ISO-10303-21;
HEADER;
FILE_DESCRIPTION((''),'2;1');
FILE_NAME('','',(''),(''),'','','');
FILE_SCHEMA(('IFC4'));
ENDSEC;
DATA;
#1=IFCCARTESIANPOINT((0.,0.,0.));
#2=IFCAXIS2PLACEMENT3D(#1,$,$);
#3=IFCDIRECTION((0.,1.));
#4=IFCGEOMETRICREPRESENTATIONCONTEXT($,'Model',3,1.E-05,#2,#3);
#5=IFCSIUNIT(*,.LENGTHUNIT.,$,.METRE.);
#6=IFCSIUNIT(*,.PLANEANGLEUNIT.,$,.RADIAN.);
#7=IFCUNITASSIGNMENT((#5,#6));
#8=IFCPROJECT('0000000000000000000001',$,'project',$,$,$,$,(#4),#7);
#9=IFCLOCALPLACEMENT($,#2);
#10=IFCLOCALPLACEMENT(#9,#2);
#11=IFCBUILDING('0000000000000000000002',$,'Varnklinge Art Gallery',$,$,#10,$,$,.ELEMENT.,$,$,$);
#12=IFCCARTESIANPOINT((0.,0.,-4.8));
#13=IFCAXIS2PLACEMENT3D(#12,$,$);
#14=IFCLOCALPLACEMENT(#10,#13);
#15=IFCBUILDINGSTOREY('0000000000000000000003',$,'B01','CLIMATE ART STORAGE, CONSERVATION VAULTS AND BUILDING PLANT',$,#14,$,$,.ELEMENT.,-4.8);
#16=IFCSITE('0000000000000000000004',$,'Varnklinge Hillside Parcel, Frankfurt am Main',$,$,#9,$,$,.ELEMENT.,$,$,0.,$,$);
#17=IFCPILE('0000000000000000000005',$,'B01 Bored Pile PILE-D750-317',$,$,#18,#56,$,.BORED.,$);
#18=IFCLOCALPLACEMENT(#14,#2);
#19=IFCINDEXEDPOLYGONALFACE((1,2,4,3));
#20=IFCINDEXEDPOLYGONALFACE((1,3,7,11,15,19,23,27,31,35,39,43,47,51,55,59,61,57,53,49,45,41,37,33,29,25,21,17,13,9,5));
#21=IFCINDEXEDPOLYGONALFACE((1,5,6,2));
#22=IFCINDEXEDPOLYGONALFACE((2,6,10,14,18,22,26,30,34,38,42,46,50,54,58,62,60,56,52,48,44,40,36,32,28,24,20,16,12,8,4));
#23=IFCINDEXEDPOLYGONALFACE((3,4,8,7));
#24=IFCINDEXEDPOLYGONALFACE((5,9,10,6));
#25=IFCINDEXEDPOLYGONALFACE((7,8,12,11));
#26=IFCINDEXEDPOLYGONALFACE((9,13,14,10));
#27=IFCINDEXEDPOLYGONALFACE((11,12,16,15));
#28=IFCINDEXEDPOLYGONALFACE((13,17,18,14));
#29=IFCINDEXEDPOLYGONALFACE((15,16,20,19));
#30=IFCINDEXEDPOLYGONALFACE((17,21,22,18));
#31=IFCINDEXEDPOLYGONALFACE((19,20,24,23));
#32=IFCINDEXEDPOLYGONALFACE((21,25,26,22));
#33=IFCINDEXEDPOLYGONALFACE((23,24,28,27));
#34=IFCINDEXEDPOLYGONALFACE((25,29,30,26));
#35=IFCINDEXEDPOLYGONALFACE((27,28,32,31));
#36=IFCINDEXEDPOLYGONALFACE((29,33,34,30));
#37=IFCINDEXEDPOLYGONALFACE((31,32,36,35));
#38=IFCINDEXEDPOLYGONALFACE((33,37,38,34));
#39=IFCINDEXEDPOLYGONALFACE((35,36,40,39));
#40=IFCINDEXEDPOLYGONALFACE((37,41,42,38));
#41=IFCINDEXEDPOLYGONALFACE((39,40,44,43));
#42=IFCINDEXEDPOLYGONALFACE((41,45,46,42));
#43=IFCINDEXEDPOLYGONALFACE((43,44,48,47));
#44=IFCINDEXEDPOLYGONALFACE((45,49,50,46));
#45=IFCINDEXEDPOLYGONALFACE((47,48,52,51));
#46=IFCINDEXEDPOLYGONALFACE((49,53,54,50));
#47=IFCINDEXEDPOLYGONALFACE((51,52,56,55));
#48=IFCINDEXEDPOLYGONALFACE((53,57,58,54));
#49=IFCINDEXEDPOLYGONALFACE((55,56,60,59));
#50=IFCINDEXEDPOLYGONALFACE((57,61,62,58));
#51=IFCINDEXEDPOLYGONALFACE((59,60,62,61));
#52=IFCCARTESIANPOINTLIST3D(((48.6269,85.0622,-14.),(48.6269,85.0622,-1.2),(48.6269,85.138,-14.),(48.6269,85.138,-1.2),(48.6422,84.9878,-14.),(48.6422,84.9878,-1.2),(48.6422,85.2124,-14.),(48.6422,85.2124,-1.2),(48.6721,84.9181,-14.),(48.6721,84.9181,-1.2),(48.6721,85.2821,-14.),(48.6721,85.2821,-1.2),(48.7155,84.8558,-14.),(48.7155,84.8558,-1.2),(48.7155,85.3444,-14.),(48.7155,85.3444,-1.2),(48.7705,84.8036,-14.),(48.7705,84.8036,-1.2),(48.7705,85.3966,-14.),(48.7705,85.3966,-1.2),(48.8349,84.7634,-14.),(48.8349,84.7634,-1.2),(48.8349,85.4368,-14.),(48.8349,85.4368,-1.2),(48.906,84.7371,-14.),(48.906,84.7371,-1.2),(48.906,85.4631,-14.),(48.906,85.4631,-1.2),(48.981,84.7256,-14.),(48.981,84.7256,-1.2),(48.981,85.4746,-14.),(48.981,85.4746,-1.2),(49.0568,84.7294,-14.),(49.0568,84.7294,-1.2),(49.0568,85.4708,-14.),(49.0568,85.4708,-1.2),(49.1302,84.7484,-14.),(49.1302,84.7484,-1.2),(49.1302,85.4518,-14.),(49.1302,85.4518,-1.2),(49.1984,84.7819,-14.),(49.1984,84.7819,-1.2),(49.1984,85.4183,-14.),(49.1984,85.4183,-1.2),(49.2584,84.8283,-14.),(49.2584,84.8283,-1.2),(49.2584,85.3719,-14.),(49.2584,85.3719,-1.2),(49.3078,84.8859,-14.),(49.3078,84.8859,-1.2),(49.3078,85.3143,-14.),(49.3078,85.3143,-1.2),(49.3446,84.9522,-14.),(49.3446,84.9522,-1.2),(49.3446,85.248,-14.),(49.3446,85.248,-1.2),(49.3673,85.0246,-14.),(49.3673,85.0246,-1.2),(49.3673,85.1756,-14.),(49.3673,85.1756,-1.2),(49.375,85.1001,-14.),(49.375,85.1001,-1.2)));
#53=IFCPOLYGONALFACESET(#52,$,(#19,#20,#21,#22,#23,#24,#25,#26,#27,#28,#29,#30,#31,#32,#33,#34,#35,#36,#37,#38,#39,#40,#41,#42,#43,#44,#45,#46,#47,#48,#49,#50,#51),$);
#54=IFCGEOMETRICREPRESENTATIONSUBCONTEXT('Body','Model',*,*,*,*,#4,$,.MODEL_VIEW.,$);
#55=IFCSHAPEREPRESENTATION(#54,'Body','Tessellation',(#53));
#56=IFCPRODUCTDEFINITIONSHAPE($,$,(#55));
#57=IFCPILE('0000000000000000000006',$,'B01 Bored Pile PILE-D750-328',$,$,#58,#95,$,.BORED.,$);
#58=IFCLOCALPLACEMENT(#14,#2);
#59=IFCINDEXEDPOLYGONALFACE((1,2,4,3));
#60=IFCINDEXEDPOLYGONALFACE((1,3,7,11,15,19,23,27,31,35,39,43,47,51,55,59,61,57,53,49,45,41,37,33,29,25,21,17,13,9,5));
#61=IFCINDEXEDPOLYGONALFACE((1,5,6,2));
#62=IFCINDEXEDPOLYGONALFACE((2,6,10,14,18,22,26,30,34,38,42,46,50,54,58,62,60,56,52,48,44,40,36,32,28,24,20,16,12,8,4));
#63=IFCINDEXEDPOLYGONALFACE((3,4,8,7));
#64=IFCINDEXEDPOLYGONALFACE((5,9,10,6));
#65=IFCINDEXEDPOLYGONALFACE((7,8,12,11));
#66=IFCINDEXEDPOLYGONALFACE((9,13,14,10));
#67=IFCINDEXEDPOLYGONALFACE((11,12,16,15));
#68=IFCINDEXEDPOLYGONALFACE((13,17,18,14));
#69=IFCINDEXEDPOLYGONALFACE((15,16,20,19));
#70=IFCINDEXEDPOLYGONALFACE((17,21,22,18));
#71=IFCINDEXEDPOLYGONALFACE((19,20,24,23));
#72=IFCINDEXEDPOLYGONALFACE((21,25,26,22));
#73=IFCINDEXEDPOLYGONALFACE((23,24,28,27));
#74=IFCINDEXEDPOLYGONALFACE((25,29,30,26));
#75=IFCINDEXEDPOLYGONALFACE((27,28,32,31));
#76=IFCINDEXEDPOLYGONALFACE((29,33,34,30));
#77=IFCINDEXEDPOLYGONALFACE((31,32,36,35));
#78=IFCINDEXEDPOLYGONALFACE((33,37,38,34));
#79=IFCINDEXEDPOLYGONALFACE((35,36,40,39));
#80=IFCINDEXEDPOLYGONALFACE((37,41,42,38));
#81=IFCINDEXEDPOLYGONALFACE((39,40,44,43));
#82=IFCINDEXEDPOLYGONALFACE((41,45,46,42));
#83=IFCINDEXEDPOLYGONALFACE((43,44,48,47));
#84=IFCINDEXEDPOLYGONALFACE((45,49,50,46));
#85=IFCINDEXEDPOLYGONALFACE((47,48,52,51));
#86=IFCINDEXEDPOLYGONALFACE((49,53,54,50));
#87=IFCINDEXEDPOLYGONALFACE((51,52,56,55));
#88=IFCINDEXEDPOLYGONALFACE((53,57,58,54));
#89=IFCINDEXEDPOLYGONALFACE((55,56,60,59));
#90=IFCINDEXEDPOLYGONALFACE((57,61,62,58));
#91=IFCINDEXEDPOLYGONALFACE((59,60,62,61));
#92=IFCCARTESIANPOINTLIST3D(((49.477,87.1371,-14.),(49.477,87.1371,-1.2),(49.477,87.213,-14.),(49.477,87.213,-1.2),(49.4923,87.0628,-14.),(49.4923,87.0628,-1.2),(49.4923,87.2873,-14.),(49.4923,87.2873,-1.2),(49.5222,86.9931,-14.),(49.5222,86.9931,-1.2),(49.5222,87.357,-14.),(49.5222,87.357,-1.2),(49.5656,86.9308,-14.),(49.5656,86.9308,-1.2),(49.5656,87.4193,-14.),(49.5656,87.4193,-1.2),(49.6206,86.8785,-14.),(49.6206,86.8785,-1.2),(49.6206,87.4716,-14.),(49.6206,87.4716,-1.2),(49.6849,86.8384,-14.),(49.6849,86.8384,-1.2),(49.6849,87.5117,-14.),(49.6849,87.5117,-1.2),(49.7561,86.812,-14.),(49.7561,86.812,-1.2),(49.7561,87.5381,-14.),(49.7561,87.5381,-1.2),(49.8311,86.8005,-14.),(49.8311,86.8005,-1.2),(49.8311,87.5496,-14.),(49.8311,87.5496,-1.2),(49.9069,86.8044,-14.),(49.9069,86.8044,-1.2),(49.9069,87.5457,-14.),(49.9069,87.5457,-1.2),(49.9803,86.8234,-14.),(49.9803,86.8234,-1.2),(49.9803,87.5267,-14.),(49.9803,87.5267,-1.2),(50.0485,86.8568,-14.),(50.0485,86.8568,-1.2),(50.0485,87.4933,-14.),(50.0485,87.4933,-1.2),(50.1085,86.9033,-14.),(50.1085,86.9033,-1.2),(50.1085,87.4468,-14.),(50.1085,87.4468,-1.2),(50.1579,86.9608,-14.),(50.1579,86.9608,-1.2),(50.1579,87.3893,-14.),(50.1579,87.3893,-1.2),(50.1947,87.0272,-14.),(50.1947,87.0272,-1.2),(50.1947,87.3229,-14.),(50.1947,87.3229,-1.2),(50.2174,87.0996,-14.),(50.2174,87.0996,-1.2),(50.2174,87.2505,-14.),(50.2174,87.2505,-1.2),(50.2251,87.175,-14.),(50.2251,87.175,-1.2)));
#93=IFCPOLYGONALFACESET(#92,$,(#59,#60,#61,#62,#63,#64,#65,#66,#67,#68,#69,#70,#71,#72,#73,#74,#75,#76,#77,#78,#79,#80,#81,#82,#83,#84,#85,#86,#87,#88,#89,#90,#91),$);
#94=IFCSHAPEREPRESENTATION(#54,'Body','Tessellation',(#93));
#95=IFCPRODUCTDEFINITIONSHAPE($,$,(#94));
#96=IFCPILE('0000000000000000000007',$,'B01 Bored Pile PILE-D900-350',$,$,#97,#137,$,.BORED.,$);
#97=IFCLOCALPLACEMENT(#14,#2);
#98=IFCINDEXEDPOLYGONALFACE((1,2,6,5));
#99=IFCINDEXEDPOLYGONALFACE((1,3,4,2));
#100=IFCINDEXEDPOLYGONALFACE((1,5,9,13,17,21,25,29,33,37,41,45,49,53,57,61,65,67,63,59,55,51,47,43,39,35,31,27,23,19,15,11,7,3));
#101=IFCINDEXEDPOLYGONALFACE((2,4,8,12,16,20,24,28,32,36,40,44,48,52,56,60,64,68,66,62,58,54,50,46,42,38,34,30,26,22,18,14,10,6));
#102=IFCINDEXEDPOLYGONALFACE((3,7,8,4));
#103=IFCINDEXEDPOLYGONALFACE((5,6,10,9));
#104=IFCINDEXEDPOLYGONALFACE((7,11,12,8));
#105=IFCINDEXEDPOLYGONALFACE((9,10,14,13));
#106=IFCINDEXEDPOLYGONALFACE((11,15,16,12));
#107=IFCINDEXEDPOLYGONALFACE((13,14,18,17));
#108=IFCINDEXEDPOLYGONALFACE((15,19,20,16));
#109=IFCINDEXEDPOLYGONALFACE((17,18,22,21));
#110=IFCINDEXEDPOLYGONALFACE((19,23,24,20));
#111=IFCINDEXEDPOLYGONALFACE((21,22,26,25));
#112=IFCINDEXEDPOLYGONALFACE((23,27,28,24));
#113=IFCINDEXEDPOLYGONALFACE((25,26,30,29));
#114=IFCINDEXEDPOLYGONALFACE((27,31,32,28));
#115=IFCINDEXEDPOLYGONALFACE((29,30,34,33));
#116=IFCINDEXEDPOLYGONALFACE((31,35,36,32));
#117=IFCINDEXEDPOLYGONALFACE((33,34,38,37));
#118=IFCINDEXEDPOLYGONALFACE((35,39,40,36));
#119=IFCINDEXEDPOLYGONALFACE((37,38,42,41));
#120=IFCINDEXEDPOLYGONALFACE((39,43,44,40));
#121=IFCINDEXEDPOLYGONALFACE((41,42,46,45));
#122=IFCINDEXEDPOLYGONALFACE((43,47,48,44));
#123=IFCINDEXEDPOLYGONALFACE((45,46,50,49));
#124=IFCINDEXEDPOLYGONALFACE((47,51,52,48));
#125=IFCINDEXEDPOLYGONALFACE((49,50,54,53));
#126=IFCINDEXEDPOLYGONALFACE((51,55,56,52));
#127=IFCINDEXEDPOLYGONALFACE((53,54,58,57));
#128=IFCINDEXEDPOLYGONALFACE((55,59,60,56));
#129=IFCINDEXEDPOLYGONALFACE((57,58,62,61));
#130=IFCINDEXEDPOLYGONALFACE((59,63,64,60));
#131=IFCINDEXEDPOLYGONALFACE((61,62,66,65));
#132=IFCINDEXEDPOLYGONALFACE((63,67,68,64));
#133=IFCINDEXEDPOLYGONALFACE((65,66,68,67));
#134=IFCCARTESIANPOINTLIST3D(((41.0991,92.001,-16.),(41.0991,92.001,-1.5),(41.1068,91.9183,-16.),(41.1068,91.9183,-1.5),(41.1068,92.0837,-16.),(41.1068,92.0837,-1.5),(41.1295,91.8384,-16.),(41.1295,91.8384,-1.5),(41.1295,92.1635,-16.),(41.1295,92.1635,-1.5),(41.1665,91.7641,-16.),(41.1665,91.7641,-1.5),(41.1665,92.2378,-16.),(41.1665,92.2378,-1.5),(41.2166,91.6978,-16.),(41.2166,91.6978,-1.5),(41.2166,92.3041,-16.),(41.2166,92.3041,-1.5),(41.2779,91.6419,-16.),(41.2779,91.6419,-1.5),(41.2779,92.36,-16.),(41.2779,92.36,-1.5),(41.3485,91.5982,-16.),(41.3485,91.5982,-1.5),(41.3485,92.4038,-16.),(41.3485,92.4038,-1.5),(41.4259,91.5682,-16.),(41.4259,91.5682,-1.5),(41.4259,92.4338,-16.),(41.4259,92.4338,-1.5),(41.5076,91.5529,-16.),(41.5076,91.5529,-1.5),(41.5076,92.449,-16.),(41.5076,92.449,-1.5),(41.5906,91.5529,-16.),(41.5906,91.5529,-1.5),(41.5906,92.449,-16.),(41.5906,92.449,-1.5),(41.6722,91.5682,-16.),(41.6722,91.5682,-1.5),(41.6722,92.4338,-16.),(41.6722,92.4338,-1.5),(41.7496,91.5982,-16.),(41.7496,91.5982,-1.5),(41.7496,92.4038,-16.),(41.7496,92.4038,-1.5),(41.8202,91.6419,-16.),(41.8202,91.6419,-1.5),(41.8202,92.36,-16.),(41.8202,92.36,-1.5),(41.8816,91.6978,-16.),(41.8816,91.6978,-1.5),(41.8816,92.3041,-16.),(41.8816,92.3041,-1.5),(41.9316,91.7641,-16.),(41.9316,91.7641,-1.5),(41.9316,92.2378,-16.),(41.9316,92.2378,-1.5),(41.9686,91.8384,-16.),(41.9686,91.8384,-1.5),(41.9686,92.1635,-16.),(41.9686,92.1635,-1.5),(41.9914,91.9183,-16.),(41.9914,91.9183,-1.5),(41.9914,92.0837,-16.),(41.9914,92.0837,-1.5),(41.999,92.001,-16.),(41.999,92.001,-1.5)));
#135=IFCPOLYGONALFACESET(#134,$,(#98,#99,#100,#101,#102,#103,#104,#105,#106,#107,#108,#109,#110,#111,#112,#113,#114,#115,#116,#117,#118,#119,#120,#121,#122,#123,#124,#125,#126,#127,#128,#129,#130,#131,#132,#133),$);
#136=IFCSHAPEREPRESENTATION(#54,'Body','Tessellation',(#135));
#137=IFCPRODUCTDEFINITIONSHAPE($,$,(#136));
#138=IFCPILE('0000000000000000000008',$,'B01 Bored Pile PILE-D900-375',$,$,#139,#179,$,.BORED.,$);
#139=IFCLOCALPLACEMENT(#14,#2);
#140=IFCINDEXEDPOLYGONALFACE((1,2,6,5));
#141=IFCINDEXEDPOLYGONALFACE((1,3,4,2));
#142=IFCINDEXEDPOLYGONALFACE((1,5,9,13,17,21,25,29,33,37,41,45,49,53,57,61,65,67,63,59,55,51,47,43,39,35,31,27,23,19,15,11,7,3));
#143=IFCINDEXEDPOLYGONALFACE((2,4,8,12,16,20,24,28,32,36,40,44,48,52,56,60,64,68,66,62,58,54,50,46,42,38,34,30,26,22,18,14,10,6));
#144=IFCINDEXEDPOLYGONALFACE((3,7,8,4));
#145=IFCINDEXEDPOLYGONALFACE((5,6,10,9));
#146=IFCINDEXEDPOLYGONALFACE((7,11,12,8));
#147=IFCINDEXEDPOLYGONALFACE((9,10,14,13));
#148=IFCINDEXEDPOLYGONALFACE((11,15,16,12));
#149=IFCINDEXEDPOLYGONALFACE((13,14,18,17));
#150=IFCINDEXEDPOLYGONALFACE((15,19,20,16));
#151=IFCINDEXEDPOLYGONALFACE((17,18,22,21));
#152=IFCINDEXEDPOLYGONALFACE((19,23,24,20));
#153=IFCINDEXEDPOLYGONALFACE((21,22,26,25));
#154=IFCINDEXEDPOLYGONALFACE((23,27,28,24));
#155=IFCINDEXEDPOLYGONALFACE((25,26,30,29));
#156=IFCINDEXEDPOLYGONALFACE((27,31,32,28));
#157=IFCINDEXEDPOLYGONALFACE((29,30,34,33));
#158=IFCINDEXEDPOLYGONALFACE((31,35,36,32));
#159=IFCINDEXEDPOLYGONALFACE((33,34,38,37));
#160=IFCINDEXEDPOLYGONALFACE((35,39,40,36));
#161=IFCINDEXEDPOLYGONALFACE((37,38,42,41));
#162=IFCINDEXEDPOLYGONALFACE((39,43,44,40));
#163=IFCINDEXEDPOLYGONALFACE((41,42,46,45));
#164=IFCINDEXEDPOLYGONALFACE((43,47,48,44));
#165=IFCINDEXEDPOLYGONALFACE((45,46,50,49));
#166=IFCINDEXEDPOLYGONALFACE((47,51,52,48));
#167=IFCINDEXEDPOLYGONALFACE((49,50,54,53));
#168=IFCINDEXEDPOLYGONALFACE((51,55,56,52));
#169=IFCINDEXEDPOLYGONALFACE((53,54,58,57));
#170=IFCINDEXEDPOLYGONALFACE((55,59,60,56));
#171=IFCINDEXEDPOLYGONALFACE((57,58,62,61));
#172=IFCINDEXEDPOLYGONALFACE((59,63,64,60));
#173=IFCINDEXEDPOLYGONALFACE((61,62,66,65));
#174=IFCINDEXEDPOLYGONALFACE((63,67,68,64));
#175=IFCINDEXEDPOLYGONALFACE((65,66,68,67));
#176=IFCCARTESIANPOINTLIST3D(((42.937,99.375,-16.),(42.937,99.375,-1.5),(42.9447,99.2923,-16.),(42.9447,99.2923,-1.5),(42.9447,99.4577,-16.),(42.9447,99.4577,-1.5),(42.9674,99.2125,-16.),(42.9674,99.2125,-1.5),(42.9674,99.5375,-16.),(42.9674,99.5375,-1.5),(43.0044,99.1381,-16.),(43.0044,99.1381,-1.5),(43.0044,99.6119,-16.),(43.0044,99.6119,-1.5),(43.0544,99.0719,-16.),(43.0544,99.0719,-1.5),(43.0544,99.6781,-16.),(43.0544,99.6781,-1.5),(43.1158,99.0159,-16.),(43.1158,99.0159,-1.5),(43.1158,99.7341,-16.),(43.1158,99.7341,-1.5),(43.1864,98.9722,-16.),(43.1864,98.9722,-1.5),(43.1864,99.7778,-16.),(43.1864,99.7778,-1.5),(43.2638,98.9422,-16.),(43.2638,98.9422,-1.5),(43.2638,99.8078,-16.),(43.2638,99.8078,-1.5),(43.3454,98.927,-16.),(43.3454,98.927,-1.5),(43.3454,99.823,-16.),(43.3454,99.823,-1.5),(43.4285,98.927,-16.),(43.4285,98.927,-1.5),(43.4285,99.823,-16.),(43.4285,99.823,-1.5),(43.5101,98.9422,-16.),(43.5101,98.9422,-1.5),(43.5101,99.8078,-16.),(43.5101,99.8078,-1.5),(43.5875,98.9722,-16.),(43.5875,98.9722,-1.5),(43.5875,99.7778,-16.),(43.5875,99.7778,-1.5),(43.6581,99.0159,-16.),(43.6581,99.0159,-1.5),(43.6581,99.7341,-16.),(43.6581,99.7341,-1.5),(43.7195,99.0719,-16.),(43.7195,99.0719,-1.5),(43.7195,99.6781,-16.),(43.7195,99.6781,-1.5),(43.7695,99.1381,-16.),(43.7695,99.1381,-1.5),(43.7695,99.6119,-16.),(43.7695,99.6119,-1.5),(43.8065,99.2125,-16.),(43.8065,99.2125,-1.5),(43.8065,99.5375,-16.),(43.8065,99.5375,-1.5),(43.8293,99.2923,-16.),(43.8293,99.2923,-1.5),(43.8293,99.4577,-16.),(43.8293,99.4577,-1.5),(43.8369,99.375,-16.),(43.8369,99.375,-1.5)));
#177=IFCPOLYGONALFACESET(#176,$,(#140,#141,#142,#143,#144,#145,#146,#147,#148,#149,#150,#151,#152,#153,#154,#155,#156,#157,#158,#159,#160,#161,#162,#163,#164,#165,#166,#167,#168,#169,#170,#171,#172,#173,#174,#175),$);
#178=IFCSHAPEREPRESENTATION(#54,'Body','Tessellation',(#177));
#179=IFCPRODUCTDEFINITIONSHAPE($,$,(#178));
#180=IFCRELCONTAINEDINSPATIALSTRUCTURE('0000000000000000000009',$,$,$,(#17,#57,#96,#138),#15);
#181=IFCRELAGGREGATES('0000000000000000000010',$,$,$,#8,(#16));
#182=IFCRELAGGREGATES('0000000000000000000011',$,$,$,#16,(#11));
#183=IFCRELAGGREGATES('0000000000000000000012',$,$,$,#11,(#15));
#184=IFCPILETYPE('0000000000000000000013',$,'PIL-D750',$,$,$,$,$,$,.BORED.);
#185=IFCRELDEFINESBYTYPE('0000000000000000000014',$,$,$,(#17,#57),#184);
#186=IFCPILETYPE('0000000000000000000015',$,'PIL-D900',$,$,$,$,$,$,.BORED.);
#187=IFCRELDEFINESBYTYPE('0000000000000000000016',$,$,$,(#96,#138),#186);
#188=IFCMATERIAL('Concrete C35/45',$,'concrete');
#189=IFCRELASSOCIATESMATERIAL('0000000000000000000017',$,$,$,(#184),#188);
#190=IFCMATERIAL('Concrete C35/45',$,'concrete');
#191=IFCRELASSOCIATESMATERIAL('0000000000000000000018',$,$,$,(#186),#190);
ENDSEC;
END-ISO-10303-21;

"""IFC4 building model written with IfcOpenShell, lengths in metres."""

from ifc_helpers import new_model, si_unit, direction, frame, origin, origin_2d, place, context, subcontext, project, spatial, circle, extrude, material, material_profile, profile_set, type_object, element, save


model = new_model("IFC4")

# Units and contexts
model_context = context("Model", 3, precision=1e-05, world=origin(), true_north=direction((0.0, 1.0)))
body_context = subcontext(model_context, "Body", "Model", "MODEL_VIEW")
ifc_project = project(units=[si_unit("LENGTHUNIT", "METRE"), si_unit("PLANEANGLEUNIT", "RADIAN")], contexts=[model_context])

# Site, building, storey
site_placement = place(None, origin())
site = spatial("IfcSite", under=ifc_project, at=site_placement, Name="Varnklinge Hillside Parcel, Frankfurt am Main", CompositionType="ELEMENT", RefElevation=0.0)
building_placement = place(site_placement, origin())
building = spatial("IfcBuilding", under=site, at=building_placement, Name="Varnklinge Art Gallery", CompositionType="ELEMENT")
storey_placement = place(building_placement, frame((0.0, 0.0, -4.8)))
storey = spatial("IfcBuildingStorey", under=building, at=storey_placement, Name="B01", Description="CLIMATE ART STORAGE, CONSERVATION VAULTS AND BUILDING PLANT", CompositionType="ELEMENT", Elevation=-4.8)

# Piles
ifc_material_1 = material(Name="Concrete C35/45", Category="concrete")
ifc_material_profile_1 = material_profile(ifc_material_1, circle(Radius=0.375, at=origin_2d()), Name="PILE D750")
ifc_profile_set_1 = profile_set([ifc_material_profile_1], Name="Concrete C35/45")
pile_type_1 = type_object("IfcPileType", Name="PIL-D750", PredefinedType="BORED", material=ifc_profile_set_1)
for number, where, z_axis, x_axis, name in (
    (1, (49.0, 85.1001, -1.2), (0.0, 0.0, -1.0), (1.0, 0.0, 0.0), "B01 Bored Pile PILE-D750-317"),
    (2, (49.8501, 87.175, -1.2), (0.0, 0.0, -1.0), (1.0, 0.0, 0.0), "B01 Bored Pile PILE-D750-328"),
):
    element("IfcPile", number, at=place(storey_placement, frame(where, z_axis=z_axis, x_axis=x_axis)), inside=storey, type_object=pile_type_1, Name=name, PredefinedType="BORED", context=body_context, shape_type="SweptSolid", body=[
        extrude(circle(Radius=0.375, at=origin_2d()), origin(), (0.0, 0.0, 1.0), 12.8),
    ])
ifc_material_2 = material(Name="Concrete C35/45", Category="concrete")
ifc_material_profile_2 = material_profile(ifc_material_2, circle(Radius=0.45, at=origin_2d()), Name="PILE D900")
ifc_profile_set_2 = profile_set([ifc_material_profile_2], Name="Concrete C35/45")
pile_type_2 = type_object("IfcPileType", Name="PIL-D900", PredefinedType="BORED", material=ifc_profile_set_2)
for number, where, z_axis, x_axis, name in (
    (3, (41.5491, 92.001, -1.5), (0.0, 0.0, -1.0), (1.0, 0.0, 0.0), "B01 Bored Pile PILE-D900-350"),
    (4, (43.387, 99.375, -1.5), (0.0, 0.0, -1.0), (1.0, 0.0, 0.0), "B01 Bored Pile PILE-D900-375"),
):
    element("IfcPile", number, at=place(storey_placement, frame(where, z_axis=z_axis, x_axis=x_axis)), inside=storey, type_object=pile_type_2, Name=name, PredefinedType="BORED", context=body_context, shape_type="SweptSolid", body=[
        extrude(circle(Radius=0.45, at=origin_2d()), origin(), (0.0, 0.0, 1.0), 14.5),
    ])

save(model, "model.ifc")
